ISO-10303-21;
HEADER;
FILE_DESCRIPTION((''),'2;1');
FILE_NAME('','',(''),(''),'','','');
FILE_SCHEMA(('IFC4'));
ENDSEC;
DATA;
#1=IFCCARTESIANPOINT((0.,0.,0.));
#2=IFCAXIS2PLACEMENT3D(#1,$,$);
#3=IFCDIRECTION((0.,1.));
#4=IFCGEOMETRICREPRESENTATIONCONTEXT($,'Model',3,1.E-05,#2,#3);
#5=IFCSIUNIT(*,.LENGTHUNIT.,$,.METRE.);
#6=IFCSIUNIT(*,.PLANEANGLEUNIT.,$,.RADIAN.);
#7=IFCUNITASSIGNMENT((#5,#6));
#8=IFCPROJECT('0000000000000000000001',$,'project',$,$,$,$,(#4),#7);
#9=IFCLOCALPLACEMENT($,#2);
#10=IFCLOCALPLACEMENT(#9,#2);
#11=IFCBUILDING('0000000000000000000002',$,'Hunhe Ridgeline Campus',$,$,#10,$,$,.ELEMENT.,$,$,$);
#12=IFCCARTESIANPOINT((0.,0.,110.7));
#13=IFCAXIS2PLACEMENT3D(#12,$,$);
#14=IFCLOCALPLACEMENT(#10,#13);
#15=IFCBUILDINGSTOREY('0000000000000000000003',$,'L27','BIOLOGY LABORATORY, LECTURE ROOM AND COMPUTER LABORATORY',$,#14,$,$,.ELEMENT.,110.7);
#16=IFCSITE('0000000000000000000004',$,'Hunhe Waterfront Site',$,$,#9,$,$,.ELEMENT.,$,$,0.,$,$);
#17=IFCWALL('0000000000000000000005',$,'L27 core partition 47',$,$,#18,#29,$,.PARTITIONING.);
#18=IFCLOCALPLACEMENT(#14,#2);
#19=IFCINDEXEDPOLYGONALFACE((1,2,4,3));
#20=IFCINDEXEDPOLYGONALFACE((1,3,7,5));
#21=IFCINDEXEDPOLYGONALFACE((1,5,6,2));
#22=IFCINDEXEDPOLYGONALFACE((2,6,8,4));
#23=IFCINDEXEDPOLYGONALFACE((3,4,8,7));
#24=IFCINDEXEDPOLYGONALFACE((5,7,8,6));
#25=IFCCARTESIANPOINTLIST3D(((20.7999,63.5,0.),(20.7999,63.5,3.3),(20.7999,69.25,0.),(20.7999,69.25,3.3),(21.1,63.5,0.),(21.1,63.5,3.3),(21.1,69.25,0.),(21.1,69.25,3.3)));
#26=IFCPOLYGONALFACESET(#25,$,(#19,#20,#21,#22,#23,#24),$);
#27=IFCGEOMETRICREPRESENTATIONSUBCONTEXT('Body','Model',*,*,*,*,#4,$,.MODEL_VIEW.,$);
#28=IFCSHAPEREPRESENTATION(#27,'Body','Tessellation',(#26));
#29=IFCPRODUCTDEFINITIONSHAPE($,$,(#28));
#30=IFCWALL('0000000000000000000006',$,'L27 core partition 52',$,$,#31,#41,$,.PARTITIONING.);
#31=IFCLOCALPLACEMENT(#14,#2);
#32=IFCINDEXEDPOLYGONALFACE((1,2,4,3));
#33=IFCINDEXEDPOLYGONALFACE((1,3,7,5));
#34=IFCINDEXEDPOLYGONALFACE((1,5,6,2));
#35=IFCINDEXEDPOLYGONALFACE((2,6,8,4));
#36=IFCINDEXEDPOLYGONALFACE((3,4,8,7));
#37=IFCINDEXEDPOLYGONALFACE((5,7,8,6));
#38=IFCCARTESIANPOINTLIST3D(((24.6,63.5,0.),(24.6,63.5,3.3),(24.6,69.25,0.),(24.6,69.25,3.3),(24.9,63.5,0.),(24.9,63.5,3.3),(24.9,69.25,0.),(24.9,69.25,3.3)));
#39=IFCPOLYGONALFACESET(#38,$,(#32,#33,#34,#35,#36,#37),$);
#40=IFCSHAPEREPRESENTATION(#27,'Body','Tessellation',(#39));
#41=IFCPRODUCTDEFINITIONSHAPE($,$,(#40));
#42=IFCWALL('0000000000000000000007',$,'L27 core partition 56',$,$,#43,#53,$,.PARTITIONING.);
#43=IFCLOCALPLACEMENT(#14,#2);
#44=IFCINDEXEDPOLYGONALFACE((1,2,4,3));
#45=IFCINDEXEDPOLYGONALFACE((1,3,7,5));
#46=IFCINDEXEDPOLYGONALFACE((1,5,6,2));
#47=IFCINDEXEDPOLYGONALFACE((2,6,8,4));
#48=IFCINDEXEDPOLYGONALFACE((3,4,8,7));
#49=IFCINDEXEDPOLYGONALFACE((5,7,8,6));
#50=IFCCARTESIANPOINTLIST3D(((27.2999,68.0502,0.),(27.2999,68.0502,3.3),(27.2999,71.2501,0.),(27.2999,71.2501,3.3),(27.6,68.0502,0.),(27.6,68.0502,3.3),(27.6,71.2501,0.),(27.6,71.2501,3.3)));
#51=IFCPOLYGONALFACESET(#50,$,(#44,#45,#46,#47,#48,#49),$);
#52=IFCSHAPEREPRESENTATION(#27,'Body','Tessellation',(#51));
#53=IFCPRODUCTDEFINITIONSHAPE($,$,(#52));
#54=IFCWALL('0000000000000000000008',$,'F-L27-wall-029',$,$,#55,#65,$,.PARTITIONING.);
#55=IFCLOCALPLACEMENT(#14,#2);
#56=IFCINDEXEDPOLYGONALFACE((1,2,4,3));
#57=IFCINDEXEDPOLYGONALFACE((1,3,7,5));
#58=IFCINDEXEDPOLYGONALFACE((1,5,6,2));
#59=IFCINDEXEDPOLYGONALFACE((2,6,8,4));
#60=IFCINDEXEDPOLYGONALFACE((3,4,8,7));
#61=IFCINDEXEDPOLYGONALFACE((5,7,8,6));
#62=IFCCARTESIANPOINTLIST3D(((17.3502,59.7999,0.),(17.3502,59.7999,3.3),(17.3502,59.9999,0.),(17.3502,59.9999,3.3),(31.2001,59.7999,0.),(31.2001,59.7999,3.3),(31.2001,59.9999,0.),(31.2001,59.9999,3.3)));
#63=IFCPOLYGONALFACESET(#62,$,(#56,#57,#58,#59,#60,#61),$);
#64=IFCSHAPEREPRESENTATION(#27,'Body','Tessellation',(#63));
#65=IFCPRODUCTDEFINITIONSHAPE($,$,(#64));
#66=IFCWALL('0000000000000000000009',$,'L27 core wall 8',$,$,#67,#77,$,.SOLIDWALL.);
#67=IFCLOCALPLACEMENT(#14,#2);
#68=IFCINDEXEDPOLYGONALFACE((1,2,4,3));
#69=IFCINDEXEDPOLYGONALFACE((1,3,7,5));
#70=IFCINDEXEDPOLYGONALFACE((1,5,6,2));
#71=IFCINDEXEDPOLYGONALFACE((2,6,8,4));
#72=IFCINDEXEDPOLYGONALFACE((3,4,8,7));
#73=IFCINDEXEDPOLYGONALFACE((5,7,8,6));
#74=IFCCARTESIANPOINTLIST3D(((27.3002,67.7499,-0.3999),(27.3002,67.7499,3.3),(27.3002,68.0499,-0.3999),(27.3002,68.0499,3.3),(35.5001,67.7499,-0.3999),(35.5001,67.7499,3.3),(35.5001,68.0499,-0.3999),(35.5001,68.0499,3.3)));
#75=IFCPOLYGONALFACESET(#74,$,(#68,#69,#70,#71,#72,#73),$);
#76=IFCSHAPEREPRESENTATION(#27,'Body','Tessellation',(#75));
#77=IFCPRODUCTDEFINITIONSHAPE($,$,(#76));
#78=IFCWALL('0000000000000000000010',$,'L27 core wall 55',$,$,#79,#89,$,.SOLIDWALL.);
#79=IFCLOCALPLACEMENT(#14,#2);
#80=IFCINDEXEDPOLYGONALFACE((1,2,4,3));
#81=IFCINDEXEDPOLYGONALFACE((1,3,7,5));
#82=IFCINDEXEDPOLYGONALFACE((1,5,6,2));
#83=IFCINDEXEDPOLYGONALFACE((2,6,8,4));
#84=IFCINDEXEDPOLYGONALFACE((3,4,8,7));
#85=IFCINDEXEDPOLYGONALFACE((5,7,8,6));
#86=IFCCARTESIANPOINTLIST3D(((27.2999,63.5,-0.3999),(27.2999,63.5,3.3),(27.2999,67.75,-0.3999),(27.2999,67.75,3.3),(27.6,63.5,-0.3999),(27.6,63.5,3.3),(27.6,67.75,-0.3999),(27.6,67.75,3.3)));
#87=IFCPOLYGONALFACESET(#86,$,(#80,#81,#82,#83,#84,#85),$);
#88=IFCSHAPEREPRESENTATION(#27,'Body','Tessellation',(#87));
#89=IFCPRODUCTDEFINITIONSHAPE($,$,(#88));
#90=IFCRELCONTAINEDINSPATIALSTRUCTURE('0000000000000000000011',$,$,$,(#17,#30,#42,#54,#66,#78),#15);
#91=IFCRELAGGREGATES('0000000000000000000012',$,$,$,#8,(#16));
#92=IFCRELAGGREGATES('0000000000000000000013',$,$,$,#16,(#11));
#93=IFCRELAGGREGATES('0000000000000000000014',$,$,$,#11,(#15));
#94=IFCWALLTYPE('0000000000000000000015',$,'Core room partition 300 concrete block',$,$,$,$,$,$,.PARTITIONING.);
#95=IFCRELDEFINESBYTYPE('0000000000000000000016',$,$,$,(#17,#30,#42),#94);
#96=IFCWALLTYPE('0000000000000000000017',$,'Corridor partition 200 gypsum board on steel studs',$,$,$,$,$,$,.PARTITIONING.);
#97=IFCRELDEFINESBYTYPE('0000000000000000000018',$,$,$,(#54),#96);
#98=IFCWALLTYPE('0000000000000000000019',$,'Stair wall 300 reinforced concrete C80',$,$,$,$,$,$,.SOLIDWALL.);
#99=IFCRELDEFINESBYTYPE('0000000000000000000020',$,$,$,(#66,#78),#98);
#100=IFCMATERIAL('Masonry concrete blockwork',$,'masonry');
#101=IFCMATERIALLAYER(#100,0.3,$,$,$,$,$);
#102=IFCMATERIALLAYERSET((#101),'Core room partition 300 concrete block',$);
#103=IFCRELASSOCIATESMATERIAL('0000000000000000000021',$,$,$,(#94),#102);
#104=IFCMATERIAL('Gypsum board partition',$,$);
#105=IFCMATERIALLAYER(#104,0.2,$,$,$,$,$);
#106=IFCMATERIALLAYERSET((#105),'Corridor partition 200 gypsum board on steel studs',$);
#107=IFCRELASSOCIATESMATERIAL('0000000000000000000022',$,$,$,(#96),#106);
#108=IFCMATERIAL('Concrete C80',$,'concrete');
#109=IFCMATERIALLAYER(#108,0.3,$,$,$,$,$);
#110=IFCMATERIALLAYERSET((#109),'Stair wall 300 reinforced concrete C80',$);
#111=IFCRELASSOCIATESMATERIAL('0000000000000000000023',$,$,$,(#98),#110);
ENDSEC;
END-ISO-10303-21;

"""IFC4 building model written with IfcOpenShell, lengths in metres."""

from ifc_helpers import new_model, si_unit, direction, frame, frame_2d, origin, place, context, subcontext, project, spatial, rectangle, extrude, material, layer, layer_set, type_object, element, save


model = new_model("IFC4")

# Units and contexts
model_context = context("Model", 3, precision=1e-05, world=origin(), true_north=direction((0.0, 1.0)))
body_context = subcontext(model_context, "Body", "Model", "MODEL_VIEW")
ifc_project = project(units=[si_unit("LENGTHUNIT", "METRE"), si_unit("PLANEANGLEUNIT", "RADIAN")], contexts=[model_context])

# Site, building, storey
site_placement = place(None, origin())
site = spatial("IfcSite", under=ifc_project, at=site_placement, Name="Hunhe Waterfront Site", CompositionType="ELEMENT", RefElevation=0.0)
building_placement = place(site_placement, origin())
building = spatial("IfcBuilding", under=site, at=building_placement, Name="Hunhe Ridgeline Campus", CompositionType="ELEMENT")
storey_placement = place(building_placement, frame((0.0, 0.0, 110.7)))
storey = spatial("IfcBuildingStorey", under=building, at=storey_placement, Name="L27", Description="BIOLOGY LABORATORY, LECTURE ROOM AND COMPUTER LABORATORY", CompositionType="ELEMENT", Elevation=110.7)

# Shared definitions
ifc_material_1 = material(Name="Masonry concrete blockwork", Category="masonry")
ifc_layer_1 = layer(ifc_material_1, 0.3)
ifc_layer_set_1 = layer_set([ifc_layer_1], Name="Core room partition 300 concrete block")
wall_type_1 = type_object("IfcWallType", Name="Core room partition 300 concrete block", PredefinedType="PARTITIONING", material=ifc_layer_set_1)

# Walls
for number, where, z_axis, x_axis, name in (
    (1, (20.95, 63.5, 0.0), (0.0, 0.0, 1.0), (0.0, 1.0, 0.0), "L27 core partition 47"),
    (2, (24.75, 63.5, 0.0), (0.0, 0.0, 1.0), (0.0, 1.0, 0.0), "L27 core partition 52"),
):
    element("IfcWall", number, at=place(storey_placement, frame(where, z_axis=z_axis, x_axis=x_axis)), inside=storey, type_object=wall_type_1, Name=name, PredefinedType="PARTITIONING", context=body_context, shape_type="SweptSolid", body=[
        extrude(rectangle(XDim=5.75, YDim=0.3, at=frame_2d((2.875, 0.0))), origin(), (0.0, 0.0, 1.0), 3.3),
    ])
wall_1_placement = place(storey_placement, frame((27.45, 68.05, 0.0), z_axis=(0.0, 0.0, 1.0), x_axis=(0.0, 1.0, 0.0)))
element("IfcWall", 3, at=wall_1_placement, inside=storey, type_object=wall_type_1, Name="L27 core partition 56", PredefinedType="PARTITIONING", context=body_context, shape_type="SweptSolid", body=[
    extrude(rectangle(XDim=3.2, YDim=0.3, at=frame_2d((1.6001, 0.0))), origin(), (0.0, 0.0, 1.0), 3.3),
])
ifc_material_2 = material(Name="Gypsum board partition")
ifc_layer_2 = layer(ifc_material_2, 0.2)
ifc_layer_set_2 = layer_set([ifc_layer_2], Name="Corridor partition 200 gypsum board on steel studs")
wall_type_2 = type_object("IfcWallType", Name="Corridor partition 200 gypsum board on steel studs", PredefinedType="PARTITIONING", material=ifc_layer_set_2)
wall_2_placement = place(storey_placement, frame((31.2, 59.8999, 0.0), z_axis=(0.0, 0.0, 1.0), x_axis=(-1.0, 0.0, 0.0)))
element("IfcWall", 4, at=wall_2_placement, inside=storey, type_object=wall_type_2, Name="F-L27-wall-029", PredefinedType="PARTITIONING", context=body_context, shape_type="SweptSolid", body=[
    extrude(rectangle(XDim=13.8499, YDim=0.2, at=frame_2d((6.9248, 0.0))), origin(), (0.0, 0.0, 1.0), 3.3),
])

# Walls
ifc_material_3 = material(Name="Concrete C80", Category="concrete")
ifc_layer_3 = layer(ifc_material_3, 0.3)
ifc_layer_set_3 = layer_set([ifc_layer_3], Name="Stair wall 300 reinforced concrete C80")
wall_type_3 = type_object("IfcWallType", Name="Stair wall 300 reinforced concrete C80", PredefinedType="SOLIDWALL", material=ifc_layer_set_3)
wall_3_placement = place(storey_placement, frame((27.3, 67.8999, -0.3999), z_axis=(0.0, 0.0, 1.0), x_axis=(1.0, 0.0, 0.0)))
element("IfcWall", 5, at=wall_3_placement, inside=storey, type_object=wall_type_3, Name="L27 core wall 8", PredefinedType="SOLIDWALL", context=body_context, shape_type="SweptSolid", body=[
    extrude(rectangle(XDim=8.2, YDim=0.3, at=frame_2d((4.1001, 0.0))), origin(), (0.0, 0.0, 1.0), 3.7),
])
wall_4_placement = place(storey_placement, frame((27.45, 63.5, -0.3999), z_axis=(0.0, 0.0, 1.0), x_axis=(0.0, 1.0, 0.0)))
element("IfcWall", 6, at=wall_4_placement, inside=storey, type_object=wall_type_3, Name="L27 core wall 55", PredefinedType="SOLIDWALL", context=body_context, shape_type="SweptSolid", body=[
    extrude(rectangle(XDim=4.25, YDim=0.3, at=frame_2d((2.125, 0.0))), origin(), (0.0, 0.0, 1.0), 3.7),
])

save(model, "model.ifc")
